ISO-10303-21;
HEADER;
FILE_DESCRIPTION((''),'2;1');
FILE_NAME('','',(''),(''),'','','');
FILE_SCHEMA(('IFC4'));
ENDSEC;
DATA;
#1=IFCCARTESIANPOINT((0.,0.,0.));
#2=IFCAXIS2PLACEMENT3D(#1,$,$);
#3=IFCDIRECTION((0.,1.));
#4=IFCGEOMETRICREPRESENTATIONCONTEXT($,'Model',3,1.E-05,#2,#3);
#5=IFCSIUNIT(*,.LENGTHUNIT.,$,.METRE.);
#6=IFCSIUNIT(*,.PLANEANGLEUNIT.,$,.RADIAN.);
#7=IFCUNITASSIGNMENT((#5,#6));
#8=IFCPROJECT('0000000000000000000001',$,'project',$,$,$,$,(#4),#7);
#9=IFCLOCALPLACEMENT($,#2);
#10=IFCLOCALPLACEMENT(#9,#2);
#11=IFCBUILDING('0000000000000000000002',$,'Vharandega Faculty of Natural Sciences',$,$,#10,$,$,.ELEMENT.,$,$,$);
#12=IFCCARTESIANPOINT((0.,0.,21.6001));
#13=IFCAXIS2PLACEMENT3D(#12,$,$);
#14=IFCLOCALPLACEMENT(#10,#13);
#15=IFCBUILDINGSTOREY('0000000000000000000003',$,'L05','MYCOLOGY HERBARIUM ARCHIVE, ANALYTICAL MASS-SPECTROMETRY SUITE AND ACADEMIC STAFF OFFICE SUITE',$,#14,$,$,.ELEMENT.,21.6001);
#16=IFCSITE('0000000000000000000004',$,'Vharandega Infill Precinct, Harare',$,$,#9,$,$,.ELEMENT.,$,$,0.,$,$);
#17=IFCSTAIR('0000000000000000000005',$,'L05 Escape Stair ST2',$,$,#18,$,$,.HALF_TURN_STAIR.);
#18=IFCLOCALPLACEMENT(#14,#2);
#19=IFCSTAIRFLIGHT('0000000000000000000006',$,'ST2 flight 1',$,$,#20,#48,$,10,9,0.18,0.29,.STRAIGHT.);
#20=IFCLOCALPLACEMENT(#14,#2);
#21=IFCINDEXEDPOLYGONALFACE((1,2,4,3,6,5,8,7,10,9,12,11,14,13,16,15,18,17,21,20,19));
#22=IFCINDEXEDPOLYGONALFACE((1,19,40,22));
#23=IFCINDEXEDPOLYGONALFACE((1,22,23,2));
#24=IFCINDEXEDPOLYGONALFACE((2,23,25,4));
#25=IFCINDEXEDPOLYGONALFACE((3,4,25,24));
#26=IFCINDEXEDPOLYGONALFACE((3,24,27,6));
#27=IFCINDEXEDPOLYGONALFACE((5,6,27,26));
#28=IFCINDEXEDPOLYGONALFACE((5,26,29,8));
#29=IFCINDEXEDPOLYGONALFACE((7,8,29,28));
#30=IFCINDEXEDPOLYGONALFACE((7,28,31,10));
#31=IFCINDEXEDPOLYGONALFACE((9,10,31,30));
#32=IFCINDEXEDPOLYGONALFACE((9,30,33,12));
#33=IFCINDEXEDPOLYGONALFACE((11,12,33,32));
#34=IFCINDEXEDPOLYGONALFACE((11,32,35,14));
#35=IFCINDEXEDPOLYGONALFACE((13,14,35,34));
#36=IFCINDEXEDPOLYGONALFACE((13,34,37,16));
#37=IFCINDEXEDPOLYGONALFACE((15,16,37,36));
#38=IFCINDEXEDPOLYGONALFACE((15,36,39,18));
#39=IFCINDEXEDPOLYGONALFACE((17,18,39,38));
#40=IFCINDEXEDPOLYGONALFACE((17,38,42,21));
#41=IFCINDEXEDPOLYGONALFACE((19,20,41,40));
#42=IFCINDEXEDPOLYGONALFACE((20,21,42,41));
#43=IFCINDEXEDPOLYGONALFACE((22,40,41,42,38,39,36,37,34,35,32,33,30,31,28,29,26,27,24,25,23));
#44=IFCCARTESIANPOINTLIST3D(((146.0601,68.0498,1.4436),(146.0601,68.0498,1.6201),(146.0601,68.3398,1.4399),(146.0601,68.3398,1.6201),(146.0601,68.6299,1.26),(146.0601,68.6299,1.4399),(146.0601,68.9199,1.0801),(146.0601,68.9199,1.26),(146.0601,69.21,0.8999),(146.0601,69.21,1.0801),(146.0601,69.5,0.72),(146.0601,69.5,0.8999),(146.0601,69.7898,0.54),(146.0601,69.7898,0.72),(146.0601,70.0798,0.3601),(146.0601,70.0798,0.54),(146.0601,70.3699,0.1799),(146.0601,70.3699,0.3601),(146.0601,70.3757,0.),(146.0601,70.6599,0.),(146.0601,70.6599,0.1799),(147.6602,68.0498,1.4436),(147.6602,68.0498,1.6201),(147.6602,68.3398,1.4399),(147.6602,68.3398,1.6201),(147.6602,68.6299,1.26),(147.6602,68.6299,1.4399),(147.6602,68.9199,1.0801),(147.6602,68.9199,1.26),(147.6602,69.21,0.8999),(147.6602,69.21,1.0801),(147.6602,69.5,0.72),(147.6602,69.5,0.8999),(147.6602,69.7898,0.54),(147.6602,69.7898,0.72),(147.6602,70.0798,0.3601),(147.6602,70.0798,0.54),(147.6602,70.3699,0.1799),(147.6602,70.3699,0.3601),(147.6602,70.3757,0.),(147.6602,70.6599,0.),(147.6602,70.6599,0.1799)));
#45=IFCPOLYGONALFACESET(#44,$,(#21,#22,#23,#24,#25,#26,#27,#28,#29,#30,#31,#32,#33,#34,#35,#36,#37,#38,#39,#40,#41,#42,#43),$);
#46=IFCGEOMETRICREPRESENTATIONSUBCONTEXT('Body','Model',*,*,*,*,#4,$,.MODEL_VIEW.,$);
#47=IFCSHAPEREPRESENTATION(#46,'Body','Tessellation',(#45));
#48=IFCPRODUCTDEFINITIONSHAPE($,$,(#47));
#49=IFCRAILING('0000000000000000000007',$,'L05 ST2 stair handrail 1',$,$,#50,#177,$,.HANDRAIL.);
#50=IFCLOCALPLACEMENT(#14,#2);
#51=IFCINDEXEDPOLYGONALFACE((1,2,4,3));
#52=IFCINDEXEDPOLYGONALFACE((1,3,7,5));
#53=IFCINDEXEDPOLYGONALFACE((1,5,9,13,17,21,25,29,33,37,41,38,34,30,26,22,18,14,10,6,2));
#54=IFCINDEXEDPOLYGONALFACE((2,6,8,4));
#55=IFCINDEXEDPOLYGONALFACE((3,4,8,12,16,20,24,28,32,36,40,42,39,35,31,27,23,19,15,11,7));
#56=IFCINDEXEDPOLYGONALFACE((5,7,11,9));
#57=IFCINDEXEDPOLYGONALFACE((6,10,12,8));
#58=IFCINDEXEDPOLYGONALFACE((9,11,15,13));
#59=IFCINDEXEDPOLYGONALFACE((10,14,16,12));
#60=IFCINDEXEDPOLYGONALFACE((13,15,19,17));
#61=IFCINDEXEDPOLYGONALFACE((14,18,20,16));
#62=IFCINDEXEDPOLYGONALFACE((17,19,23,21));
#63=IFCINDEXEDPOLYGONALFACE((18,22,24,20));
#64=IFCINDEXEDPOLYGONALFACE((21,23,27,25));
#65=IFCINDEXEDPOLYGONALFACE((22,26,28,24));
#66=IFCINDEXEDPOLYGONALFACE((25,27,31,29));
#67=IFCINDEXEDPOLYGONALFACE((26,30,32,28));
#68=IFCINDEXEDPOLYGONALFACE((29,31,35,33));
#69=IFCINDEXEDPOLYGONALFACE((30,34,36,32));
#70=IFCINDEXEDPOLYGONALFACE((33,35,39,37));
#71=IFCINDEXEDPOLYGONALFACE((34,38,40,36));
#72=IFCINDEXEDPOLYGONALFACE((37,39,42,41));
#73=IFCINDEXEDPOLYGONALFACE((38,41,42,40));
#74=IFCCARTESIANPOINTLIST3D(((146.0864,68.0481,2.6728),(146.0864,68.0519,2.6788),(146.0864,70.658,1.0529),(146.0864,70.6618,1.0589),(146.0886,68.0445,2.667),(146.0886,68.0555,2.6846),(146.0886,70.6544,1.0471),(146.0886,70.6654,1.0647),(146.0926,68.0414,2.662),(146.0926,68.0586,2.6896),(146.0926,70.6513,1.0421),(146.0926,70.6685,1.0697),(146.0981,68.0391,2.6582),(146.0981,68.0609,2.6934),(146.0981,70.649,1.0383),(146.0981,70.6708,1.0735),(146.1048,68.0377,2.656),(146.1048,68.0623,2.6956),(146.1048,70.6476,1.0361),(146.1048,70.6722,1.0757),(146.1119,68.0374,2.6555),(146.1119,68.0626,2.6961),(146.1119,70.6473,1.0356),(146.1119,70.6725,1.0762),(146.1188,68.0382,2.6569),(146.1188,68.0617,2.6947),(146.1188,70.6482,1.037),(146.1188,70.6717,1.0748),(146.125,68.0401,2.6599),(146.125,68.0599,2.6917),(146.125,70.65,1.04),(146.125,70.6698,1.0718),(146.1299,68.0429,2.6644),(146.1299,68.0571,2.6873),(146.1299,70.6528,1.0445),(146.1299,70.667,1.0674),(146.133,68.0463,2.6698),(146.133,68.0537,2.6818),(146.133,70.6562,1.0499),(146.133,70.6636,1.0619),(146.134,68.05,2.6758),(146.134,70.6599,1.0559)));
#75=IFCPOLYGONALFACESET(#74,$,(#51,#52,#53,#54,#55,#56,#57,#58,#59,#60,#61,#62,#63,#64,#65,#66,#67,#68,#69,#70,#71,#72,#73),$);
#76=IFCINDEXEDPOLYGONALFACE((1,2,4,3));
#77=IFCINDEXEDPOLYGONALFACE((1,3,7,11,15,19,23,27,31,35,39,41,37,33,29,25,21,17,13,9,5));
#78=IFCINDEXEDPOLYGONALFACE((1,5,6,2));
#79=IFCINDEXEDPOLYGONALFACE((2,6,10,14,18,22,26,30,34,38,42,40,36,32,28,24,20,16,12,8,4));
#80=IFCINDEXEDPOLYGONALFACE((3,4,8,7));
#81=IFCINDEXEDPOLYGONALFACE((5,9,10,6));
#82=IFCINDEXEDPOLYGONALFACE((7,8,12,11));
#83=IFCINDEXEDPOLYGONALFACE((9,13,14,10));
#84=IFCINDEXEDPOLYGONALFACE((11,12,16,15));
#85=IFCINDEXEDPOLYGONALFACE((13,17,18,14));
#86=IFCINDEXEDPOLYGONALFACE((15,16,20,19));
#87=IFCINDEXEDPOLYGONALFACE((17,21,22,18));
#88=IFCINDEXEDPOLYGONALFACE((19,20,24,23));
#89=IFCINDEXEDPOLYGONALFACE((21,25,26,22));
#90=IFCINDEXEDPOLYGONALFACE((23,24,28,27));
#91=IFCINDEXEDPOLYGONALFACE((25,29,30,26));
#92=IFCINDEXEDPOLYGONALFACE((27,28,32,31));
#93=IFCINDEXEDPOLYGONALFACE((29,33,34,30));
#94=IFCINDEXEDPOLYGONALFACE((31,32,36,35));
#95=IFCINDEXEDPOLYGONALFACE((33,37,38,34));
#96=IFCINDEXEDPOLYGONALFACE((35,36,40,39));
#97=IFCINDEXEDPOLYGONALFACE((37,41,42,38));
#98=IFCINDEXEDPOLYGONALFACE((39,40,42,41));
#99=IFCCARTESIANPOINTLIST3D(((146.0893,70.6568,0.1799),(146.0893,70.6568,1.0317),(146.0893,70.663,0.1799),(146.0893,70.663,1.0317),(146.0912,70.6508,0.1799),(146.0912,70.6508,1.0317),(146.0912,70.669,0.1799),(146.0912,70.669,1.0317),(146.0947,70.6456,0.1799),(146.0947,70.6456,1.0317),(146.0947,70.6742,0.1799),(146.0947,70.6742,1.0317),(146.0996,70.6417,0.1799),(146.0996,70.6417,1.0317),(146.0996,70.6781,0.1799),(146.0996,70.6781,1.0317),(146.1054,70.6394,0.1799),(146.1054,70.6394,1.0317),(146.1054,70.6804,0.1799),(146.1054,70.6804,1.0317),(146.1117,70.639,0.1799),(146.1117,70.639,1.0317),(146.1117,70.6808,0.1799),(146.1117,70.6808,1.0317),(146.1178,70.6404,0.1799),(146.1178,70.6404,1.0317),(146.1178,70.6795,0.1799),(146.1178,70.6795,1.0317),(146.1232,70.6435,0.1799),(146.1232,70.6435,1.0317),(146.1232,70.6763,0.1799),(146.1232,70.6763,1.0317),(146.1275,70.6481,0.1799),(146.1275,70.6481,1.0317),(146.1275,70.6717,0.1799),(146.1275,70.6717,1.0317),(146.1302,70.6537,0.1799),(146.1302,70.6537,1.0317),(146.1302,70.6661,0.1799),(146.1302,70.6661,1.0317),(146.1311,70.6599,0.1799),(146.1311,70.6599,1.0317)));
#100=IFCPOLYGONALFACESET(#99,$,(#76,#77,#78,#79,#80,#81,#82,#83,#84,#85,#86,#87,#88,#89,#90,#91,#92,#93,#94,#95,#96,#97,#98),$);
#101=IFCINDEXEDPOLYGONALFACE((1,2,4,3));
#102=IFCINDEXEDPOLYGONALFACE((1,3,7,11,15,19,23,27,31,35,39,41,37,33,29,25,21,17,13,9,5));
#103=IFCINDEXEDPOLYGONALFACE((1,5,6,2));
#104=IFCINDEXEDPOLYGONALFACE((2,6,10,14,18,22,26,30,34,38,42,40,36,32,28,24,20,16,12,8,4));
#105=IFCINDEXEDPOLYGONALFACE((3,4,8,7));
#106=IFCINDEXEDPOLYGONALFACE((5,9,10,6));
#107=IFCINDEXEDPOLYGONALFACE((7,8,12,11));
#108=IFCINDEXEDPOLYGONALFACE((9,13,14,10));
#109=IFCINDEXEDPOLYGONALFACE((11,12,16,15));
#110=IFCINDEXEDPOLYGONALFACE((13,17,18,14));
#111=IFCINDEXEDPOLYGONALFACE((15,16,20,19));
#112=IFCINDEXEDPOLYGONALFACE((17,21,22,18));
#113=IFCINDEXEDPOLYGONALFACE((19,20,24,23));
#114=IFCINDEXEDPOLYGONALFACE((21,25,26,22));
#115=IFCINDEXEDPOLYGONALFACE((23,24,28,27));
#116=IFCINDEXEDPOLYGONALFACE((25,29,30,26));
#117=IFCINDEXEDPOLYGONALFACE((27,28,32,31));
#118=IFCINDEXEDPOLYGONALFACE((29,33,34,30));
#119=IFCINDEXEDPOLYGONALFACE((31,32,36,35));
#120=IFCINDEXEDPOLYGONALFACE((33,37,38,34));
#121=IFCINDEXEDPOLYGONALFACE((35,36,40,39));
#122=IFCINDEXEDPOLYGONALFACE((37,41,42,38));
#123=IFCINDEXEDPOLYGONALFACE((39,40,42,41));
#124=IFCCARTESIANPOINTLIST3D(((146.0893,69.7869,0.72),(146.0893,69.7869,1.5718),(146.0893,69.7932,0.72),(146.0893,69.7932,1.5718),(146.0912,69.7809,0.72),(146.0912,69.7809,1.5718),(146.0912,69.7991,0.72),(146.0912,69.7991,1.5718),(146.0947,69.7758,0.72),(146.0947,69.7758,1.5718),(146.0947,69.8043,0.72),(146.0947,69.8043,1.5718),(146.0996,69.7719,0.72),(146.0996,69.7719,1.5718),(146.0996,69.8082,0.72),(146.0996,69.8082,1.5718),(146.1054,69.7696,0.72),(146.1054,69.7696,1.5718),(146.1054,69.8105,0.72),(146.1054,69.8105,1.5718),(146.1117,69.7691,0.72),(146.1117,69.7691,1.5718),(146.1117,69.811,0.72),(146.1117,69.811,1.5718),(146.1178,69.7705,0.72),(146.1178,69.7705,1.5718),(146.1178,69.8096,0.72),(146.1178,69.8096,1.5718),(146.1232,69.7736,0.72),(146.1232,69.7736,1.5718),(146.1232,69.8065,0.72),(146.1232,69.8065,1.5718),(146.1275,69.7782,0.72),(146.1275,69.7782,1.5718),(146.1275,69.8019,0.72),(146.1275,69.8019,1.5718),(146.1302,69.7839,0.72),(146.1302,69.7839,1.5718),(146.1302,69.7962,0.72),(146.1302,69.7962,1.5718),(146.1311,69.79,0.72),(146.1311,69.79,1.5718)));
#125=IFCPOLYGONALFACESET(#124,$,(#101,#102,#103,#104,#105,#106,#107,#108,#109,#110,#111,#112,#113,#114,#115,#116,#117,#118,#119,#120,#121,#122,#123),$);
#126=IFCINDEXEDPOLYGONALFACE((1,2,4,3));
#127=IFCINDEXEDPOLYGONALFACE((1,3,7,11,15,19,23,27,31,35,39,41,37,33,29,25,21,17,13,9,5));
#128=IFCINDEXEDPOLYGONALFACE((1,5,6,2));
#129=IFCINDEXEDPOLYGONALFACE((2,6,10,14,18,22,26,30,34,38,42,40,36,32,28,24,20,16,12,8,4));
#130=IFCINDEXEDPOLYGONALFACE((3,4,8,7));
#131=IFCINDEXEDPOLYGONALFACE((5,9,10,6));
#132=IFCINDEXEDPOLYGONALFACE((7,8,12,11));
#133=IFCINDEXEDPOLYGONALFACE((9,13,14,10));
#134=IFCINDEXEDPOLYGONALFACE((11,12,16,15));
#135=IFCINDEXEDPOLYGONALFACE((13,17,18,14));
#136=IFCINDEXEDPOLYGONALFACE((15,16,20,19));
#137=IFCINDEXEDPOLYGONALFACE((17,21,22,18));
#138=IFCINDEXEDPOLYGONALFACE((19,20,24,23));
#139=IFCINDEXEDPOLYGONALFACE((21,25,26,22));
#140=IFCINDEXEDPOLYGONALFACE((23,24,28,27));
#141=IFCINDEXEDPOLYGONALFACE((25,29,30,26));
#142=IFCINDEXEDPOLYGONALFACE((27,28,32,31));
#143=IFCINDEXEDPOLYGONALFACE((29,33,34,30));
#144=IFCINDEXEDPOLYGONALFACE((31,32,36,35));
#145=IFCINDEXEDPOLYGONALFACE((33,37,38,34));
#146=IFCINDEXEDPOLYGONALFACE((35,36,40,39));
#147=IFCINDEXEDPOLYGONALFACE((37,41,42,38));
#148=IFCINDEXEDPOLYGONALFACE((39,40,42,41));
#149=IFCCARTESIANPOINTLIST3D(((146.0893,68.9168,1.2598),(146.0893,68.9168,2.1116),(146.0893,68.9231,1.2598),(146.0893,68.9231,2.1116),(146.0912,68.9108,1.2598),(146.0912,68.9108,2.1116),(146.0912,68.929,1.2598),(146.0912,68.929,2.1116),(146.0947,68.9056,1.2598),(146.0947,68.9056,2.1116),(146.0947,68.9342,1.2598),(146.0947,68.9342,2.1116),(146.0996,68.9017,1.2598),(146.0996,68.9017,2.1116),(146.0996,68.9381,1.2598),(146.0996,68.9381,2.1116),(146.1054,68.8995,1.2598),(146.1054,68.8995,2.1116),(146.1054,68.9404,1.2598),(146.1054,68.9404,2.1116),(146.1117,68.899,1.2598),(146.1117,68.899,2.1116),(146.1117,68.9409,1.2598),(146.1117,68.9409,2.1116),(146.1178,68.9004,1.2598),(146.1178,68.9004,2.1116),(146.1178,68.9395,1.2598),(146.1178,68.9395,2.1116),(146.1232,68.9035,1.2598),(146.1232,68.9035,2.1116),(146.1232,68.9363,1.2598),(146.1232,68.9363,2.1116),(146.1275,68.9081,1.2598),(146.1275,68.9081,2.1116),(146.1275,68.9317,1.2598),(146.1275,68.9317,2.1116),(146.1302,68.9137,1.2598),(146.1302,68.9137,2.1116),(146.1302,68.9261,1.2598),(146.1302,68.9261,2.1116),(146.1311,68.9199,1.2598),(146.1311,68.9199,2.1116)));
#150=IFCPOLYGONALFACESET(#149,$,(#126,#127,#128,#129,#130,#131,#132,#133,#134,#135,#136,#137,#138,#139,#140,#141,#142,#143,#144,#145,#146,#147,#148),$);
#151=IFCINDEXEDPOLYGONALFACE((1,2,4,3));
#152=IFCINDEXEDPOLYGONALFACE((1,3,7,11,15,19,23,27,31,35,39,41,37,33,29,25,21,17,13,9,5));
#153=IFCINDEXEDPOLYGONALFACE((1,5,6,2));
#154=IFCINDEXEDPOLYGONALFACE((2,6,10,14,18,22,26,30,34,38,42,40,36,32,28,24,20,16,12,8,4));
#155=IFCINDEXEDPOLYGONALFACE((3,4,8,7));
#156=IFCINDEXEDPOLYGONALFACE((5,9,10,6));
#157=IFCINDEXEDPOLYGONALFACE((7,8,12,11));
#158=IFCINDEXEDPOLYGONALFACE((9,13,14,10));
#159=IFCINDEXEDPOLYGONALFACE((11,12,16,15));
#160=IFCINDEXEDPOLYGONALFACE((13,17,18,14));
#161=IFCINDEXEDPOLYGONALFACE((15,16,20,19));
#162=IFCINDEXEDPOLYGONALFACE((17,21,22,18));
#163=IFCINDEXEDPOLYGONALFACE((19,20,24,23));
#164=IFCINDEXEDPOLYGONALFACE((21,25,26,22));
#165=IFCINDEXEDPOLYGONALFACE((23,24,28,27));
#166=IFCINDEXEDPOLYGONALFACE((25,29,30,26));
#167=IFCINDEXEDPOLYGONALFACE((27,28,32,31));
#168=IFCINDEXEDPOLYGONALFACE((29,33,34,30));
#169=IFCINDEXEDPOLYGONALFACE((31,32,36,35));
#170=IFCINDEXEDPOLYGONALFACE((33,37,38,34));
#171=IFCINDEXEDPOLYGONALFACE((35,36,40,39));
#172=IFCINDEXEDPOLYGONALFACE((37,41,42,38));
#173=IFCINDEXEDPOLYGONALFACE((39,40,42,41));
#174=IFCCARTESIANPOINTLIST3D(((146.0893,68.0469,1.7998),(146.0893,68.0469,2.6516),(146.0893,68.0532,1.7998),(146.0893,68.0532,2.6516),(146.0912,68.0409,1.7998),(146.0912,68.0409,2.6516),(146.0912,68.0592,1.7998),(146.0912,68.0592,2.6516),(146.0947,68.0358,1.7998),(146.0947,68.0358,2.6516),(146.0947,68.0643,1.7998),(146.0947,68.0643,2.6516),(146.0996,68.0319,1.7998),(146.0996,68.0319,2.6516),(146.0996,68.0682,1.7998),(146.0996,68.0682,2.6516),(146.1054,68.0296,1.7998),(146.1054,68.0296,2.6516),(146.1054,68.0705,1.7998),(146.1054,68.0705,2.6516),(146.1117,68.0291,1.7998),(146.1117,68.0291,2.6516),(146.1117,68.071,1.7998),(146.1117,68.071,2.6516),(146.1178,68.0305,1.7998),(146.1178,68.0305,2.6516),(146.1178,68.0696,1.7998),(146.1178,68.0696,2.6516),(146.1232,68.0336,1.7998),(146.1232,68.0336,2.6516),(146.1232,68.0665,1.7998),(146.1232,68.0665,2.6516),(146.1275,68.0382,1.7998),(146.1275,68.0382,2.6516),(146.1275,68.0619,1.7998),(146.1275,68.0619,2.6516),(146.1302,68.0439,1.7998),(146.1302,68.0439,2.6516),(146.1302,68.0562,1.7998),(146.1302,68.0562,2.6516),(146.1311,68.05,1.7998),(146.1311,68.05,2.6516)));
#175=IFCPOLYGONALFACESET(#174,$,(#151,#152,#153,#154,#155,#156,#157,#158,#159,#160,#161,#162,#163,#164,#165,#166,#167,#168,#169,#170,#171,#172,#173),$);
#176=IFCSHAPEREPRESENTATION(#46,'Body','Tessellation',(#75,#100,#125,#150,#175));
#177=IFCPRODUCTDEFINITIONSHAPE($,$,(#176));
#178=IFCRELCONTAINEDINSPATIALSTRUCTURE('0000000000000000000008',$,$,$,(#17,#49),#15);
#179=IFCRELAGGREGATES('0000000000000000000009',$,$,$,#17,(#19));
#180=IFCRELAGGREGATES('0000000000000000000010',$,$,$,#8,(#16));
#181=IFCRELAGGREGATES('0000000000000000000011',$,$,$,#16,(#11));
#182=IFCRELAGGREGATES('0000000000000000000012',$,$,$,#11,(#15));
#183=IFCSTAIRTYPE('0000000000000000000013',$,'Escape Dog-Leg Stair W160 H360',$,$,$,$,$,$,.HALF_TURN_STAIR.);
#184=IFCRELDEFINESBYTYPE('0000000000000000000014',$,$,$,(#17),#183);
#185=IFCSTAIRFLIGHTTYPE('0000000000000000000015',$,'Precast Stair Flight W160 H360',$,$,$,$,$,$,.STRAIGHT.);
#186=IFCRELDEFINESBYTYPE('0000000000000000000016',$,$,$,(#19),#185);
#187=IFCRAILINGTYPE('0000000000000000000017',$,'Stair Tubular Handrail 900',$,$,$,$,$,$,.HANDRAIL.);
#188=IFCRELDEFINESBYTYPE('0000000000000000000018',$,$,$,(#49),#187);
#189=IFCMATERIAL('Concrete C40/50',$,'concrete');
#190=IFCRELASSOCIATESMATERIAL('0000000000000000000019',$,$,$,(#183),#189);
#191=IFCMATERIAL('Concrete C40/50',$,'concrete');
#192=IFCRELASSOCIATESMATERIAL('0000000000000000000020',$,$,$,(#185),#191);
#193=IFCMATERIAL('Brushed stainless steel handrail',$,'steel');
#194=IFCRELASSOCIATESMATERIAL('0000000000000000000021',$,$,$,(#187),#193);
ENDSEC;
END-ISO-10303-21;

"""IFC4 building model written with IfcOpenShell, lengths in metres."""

from ifc_helpers import new_model, si_unit, direction, frame, origin, origin_2d, place, context, subcontext, project, spatial, polyline, circle, outline, extrude, material, type_object, element, aggregate, save


model = new_model("IFC4")

# Units and contexts
model_context = context("Model", 3, precision=1e-05, world=origin(), true_north=direction((0.0, 1.0)))
body_context = subcontext(model_context, "Body", "Model", "MODEL_VIEW")
ifc_project = project(units=[si_unit("LENGTHUNIT", "METRE"), si_unit("PLANEANGLEUNIT", "RADIAN")], contexts=[model_context])

# Site, building, storey
site_placement = place(None, origin())
site = spatial("IfcSite", under=ifc_project, at=site_placement, Name="Vharandega Infill Precinct, Harare", CompositionType="ELEMENT", RefElevation=0.0)
building_placement = place(site_placement, origin())
building = spatial("IfcBuilding", under=site, at=building_placement, Name="Vharandega Faculty of Natural Sciences", CompositionType="ELEMENT")
storey_placement = place(building_placement, frame((0.0, 0.0, 21.6001)))
storey = spatial("IfcBuildingStorey", under=building, at=storey_placement, Name="L05", Description="MYCOLOGY HERBARIUM ARCHIVE, ANALYTICAL MASS-SPECTROMETRY SUITE AND ACADEMIC STAFF OFFICE SUITE", CompositionType="ELEMENT", Elevation=21.6001)

# Stair, stair flight
ifc_material_1 = material(Name="Concrete C40/50", Category="concrete")
stair_type = type_object("IfcStairType", Name="Escape Dog-Leg Stair W160 H360", PredefinedType="HALF_TURN_STAIR", material=ifc_material_1)
stair_placement = place(storey_placement, origin())
stair = element("IfcStair", 1, at=stair_placement, inside=storey, type_object=stair_type, Name="L05 Escape Stair ST2", PredefinedType="HALF_TURN_STAIR")
ifc_material_2 = material(Name="Concrete C40/50", Category="concrete")
stair_flight_type = type_object("IfcStairFlightType", Name="Precast Stair Flight W160 H360", PredefinedType="STRAIGHT", material=ifc_material_2)
stair_flight_placement = place(storey_placement, frame((146.8601, 70.6599, 0.0), z_axis=(0.0, 0.0, 1.0), x_axis=(0.0, -1.0, 0.0)))
stair_flight = element("IfcStairFlight", 2, at=stair_flight_placement, type_object=stair_flight_type, Name="ST2 flight 1", NumberOfRisers=10, NumberOfTreads=9, PredefinedType="STRAIGHT", RiserHeight=0.18, TreadLength=0.29, context=body_context, shape_type="SweptSolid", body=[
    extrude(outline(polyline([(0.0, 0.0), (0.0, 0.1799), (0.29, 0.1799), (0.29, 0.3601), (0.5801, 0.3601), (0.5801, 0.54), (0.8701, 0.54), (0.8701, 0.72), (1.1599, 0.72), (1.1599, 0.8999), (1.45, 0.8999), (1.45, 1.0801), (1.74, 1.0801), (1.74, 1.26), (2.03, 1.26), (2.03, 1.4399), (2.3201, 1.4399), (2.3201, 1.6201), (2.6101, 1.6201), (2.6101, 1.8), (2.6101, 1.4436), (0.2842, 0.0), (0.0, 0.0)])), frame((0.0, 0.8, 0.0), z_axis=(0.0, -1.0, 0.0), x_axis=(1.0, 0.0, 0.0)), (0.0, 0.0, 1.0), 1.6001),
])
aggregate(stair, [stair_flight])

# Railing
ifc_material_3 = material(Name="Brushed stainless steel handrail", Category="steel")
railing_type_1 = type_object("IfcRailingType", Name="Stair Tubular Handrail 900", PredefinedType="HANDRAIL", material=ifc_material_3)
railing_1_placement = place(storey_placement, frame((146.1101, 70.6599, 0.1799)))
element("IfcRailing", 3, at=railing_1_placement, inside=storey, type_object=railing_type_1, Name="L05 ST2 stair handrail 1", PredefinedType="HANDRAIL", context=body_context, shape_type="SweptSolid", body=[
    extrude(circle(Radius=0.0239, at=origin_2d()), frame((0.0, 0.0, 0.876), z_axis=(0.0, -0.849646, 0.527353), x_axis=(1.0, 0.0, 0.0)), (0.0, 0.0, 1.0), 3.0718),
    extrude(circle(Radius=0.021, at=origin_2d()), origin(), (0.0, 0.0, 1.0), 0.8518),
    extrude(circle(Radius=0.021, at=origin_2d()), frame((0.0, -0.8699, 0.54)), (0.0, 0.0, 1.0), 0.8518),
    extrude(circle(Radius=0.021, at=origin_2d()), frame((0.0, -1.74, 1.0798)), (0.0, 0.0, 1.0), 0.8518),
    extrude(circle(Radius=0.021, at=origin_2d()), frame((0.0, -2.6099, 1.6199)), (0.0, 0.0, 1.0), 0.8518),
])

save(model, "model.ifc")
